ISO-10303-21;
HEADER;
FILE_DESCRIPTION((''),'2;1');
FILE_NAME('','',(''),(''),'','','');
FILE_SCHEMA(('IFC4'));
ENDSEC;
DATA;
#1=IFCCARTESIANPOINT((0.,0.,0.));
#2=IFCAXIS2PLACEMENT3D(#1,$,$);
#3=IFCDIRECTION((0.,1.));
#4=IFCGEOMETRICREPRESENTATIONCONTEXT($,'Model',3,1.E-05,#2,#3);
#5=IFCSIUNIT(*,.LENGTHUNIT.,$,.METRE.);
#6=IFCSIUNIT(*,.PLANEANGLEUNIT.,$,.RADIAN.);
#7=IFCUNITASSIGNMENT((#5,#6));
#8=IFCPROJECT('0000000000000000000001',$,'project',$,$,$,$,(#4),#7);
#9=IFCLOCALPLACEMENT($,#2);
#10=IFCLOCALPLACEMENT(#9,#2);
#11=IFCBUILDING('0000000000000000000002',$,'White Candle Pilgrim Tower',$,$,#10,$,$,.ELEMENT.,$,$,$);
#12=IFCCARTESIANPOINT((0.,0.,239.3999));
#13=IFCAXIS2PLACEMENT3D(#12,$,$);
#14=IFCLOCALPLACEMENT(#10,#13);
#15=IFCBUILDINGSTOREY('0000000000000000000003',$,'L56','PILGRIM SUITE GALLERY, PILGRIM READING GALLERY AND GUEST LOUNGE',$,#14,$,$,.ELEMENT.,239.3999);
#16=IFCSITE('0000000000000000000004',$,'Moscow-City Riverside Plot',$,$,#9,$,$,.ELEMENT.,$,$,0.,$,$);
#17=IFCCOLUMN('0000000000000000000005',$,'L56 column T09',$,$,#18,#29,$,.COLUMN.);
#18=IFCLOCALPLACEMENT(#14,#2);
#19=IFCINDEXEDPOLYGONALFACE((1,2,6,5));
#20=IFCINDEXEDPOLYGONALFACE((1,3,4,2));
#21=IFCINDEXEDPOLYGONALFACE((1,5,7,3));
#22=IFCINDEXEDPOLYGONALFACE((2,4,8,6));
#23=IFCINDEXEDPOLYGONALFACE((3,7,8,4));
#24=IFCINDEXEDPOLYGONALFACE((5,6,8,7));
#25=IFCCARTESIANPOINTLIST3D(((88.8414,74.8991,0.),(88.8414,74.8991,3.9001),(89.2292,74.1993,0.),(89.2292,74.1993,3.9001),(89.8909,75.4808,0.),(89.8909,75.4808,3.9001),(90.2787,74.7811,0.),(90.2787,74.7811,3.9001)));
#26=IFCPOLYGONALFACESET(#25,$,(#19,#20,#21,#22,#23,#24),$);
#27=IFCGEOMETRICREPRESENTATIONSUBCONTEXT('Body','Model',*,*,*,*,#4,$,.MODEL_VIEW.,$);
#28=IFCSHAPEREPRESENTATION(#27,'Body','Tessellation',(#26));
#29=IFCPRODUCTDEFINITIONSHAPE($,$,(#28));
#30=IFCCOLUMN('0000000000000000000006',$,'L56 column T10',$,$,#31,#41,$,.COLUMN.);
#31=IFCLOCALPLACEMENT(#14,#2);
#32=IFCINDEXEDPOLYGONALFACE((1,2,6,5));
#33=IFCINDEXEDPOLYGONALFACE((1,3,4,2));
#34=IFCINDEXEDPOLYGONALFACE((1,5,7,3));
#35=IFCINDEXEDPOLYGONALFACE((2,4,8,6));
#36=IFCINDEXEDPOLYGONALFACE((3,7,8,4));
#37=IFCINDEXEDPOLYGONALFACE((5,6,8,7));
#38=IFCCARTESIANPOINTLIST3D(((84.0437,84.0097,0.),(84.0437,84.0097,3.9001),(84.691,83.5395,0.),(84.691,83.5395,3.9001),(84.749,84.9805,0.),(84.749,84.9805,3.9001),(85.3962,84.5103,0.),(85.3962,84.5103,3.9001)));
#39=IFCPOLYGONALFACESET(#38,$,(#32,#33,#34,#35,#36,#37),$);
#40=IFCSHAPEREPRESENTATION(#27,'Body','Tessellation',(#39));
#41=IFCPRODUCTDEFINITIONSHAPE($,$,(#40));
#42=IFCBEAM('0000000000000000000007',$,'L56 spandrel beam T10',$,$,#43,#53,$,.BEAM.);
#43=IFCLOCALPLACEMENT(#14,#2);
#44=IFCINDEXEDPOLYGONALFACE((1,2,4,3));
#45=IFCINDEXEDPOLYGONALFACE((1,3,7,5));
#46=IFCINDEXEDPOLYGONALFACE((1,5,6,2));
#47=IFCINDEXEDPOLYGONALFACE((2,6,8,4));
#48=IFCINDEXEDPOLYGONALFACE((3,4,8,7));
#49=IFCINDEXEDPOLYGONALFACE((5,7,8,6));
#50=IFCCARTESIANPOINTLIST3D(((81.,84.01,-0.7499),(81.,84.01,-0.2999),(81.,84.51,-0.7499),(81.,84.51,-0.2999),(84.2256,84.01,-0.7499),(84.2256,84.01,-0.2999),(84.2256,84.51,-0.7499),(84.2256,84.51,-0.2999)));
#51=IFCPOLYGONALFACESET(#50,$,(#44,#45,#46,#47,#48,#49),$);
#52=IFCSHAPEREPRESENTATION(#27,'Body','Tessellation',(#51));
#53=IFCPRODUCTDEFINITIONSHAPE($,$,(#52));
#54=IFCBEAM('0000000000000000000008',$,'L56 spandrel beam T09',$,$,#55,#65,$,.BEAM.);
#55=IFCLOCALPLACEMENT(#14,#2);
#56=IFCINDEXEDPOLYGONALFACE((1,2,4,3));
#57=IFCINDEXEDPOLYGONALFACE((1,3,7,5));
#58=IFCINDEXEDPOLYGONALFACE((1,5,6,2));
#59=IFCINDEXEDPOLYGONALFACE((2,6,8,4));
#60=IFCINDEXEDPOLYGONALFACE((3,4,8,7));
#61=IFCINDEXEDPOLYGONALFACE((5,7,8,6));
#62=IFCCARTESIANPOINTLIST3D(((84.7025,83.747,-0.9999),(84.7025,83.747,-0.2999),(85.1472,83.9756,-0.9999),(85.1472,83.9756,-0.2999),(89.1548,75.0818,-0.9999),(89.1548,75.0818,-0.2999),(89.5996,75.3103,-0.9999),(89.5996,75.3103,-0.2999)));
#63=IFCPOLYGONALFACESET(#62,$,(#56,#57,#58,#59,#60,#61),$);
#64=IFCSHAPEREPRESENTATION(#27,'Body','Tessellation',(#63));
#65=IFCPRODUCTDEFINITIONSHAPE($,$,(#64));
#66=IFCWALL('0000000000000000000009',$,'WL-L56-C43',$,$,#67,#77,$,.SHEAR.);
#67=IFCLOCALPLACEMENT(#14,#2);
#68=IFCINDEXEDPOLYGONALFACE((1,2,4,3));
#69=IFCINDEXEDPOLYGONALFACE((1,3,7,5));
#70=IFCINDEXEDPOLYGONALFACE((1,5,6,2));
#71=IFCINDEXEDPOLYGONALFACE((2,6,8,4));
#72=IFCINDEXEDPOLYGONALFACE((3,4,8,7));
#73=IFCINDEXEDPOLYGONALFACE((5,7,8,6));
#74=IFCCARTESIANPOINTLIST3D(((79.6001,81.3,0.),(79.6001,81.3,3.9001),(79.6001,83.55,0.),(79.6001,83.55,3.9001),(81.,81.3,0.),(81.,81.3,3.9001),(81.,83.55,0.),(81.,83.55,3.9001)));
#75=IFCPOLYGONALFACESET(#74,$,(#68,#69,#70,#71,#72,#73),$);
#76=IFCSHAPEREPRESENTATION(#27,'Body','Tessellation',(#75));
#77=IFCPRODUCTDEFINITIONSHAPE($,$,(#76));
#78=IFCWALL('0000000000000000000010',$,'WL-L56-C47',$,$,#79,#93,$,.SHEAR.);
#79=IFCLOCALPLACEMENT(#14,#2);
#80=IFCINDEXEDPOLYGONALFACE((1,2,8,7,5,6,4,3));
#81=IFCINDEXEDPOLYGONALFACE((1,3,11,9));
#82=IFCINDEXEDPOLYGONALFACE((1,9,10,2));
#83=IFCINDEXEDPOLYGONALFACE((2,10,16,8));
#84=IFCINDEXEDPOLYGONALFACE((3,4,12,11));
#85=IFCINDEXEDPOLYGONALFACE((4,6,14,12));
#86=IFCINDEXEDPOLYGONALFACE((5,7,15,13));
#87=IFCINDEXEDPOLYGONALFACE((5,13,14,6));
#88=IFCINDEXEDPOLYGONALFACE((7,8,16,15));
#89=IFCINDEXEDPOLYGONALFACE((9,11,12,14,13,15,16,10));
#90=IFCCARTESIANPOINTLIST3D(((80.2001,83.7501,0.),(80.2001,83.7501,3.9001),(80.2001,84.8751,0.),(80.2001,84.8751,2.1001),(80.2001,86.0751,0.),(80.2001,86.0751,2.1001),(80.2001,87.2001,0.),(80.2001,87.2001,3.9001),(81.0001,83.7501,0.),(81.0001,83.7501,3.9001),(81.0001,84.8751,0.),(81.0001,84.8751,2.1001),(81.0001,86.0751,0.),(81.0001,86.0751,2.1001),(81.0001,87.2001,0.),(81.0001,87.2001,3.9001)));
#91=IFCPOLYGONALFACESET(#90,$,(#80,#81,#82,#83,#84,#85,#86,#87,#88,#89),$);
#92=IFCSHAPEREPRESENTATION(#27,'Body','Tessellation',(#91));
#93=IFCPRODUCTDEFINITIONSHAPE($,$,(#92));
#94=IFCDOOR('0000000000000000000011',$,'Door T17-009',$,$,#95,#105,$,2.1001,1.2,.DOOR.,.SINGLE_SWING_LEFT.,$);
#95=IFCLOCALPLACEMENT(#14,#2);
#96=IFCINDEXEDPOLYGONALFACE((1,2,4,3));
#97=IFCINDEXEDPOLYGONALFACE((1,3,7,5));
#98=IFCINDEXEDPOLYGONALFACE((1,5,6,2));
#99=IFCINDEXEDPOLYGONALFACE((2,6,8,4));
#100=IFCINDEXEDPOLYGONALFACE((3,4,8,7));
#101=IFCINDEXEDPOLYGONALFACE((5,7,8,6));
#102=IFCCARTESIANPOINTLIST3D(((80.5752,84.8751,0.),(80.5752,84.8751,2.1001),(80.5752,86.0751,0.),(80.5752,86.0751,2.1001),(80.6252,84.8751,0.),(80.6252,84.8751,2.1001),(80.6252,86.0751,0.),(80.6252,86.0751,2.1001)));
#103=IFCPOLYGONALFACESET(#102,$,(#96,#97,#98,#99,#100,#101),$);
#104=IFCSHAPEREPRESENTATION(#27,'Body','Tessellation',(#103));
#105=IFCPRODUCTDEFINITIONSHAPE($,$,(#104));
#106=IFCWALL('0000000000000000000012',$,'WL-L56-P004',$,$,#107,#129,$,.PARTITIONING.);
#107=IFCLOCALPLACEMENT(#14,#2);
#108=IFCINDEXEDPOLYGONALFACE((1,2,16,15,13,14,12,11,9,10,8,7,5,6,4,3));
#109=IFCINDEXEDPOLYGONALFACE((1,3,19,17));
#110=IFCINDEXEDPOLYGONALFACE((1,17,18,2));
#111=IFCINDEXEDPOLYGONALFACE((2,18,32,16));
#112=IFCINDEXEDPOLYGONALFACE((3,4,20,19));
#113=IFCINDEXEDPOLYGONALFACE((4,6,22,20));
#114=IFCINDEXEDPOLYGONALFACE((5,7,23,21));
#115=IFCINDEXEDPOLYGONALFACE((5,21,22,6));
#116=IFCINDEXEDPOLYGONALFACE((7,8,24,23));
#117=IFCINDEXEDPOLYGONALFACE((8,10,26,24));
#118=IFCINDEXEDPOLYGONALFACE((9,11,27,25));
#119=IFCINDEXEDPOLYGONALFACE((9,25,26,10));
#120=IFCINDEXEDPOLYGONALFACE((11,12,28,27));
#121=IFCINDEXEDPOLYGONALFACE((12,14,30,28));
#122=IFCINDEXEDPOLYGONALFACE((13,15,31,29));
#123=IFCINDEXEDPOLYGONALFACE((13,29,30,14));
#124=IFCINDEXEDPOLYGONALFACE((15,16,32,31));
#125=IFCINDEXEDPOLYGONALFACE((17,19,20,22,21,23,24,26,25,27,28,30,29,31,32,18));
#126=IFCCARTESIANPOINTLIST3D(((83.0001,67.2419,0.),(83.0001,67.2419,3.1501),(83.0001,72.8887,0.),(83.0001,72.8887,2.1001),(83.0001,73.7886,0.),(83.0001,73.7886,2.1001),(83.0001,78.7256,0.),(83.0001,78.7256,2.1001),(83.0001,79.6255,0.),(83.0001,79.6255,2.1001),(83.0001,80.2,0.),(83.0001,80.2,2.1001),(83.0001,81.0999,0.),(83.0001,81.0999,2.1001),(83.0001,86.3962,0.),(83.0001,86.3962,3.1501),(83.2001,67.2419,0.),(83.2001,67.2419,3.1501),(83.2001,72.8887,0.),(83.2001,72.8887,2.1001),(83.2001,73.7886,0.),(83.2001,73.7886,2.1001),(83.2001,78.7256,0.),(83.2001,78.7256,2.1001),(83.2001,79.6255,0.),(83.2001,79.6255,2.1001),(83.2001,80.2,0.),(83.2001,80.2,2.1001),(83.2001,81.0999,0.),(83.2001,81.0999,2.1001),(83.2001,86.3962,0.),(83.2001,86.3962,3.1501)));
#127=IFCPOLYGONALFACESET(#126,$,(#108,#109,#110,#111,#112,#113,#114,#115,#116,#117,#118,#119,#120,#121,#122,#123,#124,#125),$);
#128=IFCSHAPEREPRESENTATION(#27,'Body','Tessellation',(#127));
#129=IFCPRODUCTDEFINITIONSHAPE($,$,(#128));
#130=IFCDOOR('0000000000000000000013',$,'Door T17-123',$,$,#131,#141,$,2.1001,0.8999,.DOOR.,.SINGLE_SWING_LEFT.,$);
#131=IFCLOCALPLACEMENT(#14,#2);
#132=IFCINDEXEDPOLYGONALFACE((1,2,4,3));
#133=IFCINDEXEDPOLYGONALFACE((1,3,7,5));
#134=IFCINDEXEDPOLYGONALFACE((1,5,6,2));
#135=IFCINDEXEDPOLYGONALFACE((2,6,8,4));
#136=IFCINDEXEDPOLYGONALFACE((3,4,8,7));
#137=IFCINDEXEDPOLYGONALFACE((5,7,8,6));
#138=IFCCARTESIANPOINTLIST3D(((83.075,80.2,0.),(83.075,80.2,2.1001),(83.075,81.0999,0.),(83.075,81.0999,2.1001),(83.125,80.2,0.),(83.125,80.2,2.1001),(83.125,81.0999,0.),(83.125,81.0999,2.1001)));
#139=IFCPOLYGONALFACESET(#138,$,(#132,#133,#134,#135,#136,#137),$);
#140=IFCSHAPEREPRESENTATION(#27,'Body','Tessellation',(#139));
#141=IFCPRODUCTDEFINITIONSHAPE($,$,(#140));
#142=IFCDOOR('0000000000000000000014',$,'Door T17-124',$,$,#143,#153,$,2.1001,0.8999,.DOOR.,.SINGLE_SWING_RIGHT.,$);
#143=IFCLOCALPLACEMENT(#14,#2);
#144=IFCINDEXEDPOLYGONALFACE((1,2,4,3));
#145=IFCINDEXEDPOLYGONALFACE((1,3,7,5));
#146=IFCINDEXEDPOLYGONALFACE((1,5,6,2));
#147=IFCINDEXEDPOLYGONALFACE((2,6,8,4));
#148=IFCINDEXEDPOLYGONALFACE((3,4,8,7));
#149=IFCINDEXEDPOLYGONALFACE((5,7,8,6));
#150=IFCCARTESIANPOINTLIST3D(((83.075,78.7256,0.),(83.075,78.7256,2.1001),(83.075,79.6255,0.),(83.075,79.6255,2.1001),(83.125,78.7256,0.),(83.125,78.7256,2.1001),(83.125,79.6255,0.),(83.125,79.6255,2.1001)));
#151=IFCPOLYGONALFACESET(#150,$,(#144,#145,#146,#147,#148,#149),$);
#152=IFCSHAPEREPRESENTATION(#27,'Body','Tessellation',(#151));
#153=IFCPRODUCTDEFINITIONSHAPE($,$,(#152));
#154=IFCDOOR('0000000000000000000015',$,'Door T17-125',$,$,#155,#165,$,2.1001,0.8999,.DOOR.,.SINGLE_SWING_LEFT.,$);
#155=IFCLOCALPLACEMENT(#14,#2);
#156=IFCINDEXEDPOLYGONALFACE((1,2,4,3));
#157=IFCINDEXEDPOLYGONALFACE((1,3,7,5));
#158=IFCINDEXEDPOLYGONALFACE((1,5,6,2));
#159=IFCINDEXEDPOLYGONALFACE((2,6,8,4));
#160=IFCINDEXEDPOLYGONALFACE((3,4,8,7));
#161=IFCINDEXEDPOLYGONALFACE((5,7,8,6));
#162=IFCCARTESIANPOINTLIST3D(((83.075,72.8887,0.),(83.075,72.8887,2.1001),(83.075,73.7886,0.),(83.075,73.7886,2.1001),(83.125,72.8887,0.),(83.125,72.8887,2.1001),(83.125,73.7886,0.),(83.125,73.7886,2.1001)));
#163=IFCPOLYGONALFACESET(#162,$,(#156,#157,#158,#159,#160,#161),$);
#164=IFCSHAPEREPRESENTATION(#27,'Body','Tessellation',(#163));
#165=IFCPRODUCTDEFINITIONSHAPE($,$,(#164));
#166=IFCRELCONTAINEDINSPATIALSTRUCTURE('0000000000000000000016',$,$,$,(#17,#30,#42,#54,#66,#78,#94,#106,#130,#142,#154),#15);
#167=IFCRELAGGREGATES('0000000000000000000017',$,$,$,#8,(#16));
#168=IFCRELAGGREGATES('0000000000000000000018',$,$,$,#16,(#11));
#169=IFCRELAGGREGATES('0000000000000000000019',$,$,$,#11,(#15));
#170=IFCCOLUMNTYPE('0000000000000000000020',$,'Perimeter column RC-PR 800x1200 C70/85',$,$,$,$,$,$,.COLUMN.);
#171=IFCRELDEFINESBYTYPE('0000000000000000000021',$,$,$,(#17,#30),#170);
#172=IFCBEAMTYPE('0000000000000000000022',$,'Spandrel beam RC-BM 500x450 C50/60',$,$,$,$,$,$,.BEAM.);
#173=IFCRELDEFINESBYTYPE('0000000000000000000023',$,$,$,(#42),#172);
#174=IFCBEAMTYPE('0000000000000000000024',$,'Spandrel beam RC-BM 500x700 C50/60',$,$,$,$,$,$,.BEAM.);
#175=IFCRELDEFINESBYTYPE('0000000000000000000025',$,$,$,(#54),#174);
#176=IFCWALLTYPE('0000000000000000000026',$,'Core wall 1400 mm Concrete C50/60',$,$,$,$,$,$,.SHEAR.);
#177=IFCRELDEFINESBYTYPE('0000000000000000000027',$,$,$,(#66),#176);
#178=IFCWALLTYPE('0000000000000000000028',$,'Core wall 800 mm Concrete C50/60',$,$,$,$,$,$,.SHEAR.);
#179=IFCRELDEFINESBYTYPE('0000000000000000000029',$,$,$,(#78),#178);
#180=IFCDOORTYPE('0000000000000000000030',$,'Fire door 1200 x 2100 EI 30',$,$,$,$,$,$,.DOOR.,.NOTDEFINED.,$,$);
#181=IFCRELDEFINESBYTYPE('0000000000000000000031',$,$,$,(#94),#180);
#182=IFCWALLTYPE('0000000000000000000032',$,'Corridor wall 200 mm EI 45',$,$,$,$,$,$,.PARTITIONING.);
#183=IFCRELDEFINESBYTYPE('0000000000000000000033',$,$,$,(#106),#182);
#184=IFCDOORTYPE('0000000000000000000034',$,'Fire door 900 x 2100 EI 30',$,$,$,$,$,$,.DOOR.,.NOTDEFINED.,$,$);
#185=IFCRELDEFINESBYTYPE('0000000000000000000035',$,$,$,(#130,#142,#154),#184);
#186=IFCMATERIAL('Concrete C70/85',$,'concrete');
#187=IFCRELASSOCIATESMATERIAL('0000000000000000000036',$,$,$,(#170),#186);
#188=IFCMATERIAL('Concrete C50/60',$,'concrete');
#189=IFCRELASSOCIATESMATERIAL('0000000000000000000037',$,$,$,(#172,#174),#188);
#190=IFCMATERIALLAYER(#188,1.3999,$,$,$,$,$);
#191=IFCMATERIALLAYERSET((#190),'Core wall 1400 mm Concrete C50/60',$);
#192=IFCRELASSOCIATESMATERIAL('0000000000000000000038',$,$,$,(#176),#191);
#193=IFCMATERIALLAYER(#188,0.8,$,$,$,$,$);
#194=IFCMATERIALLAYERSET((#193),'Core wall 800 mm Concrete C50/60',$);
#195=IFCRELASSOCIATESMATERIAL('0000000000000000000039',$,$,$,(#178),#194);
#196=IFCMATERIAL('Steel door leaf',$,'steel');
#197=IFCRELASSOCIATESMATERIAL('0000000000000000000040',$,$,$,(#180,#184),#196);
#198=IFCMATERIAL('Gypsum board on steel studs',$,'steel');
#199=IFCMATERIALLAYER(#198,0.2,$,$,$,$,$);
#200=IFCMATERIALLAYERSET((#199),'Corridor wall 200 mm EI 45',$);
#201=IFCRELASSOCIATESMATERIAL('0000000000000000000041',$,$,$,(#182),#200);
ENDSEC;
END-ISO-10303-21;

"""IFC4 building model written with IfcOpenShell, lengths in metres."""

from ifc_helpers import new_model, si_unit, direction, frame, frame_2d, origin, origin_2d, place, context, subcontext, project, spatial, rectangle, extrude, material, layer, layer_set, material_profile, profile_set, type_object, element, fill, save


model = new_model("IFC4")

# Units and contexts
model_context = context("Model", 3, precision=1e-05, world=origin(), true_north=direction((0.0, 1.0)))
body_context = subcontext(model_context, "Body", "Model", "MODEL_VIEW")
ifc_project = project(units=[si_unit("LENGTHUNIT", "METRE"), si_unit("PLANEANGLEUNIT", "RADIAN")], contexts=[model_context])

# Site, building, storey
site_placement = place(None, origin())
site = spatial("IfcSite", under=ifc_project, at=site_placement, Name="Moscow-City Riverside Plot", CompositionType="ELEMENT", RefElevation=0.0)
building_placement = place(site_placement, origin())
building = spatial("IfcBuilding", under=site, at=building_placement, Name="White Candle Pilgrim Tower", CompositionType="ELEMENT")
storey_placement = place(building_placement, frame((0.0, 0.0, 239.3999)))
storey = spatial("IfcBuildingStorey", under=building, at=storey_placement, Name="L56", Description="PILGRIM SUITE GALLERY, PILGRIM READING GALLERY AND GUEST LOUNGE", CompositionType="ELEMENT", Elevation=239.3999)

# Columns
ifc_material_1 = material(Name="Concrete C70/85", Category="concrete")
ifc_material_profile_1 = material_profile(ifc_material_1, rectangle(XDim=0.8, YDim=1.2, at=origin_2d()), Name="RC-PR 800x1200")
ifc_profile_set_1 = profile_set([ifc_material_profile_1], Name="Concrete C70/85")
column_type = type_object("IfcColumnType", Name="Perimeter column RC-PR 800x1200 C70/85", PredefinedType="COLUMN", material=ifc_profile_set_1)
for number, where, z_axis, x_axis, name in (
    (1, (89.5601, 74.8401, 0.0), (0.0, 0.0, 1.0), (0.48481, -0.87462, 0.0), "L56 column T09"),
    (2, (84.72, 84.26, 0.0), (0.0, 0.0, 1.0), (0.809027, -0.587771, 0.0), "L56 column T10"),
):
    element("IfcColumn", number, at=place(storey_placement, frame(where, z_axis=z_axis, x_axis=x_axis)), inside=storey, type_object=column_type, Name=name, PredefinedType="COLUMN", context=body_context, shape_type="SweptSolid", body=[
        extrude(rectangle(XDim=0.8, YDim=1.2, at=origin_2d()), origin(), (0.0, 0.0, 1.0), 3.9001),
    ])

# Beams
ifc_material_2 = material(Name="Concrete C50/60", Category="concrete")
ifc_material_profile_2 = material_profile(ifc_material_2, rectangle(XDim=0.5, YDim=0.45, at=origin_2d()), Name="RC-BM 500x450")
ifc_profile_set_2 = profile_set([ifc_material_profile_2], Name="Concrete C50/60")
beam_type_1 = type_object("IfcBeamType", Name="Spandrel beam RC-BM 500x450 C50/60", PredefinedType="BEAM", material=ifc_profile_set_2)
beam_1_placement = place(storey_placement, frame((84.2256, 84.26, -0.5249), z_axis=(-1.0, 0.0, 0.0), x_axis=(0.0, -1.0, 0.0)))
element("IfcBeam", 3, at=beam_1_placement, inside=storey, type_object=beam_type_1, Name="L56 spandrel beam T10", PredefinedType="BEAM", context=body_context, shape_type="SweptSolid", body=[
    extrude(rectangle(XDim=0.5, YDim=0.45, at=origin_2d()), origin(), (0.0, 0.0, 1.0), 3.2256),
])
ifc_material_profile_3 = material_profile(ifc_material_2, rectangle(XDim=0.5, YDim=0.7, at=origin_2d()), Name="RC-BM 500x700")
ifc_profile_set_3 = profile_set([ifc_material_profile_3], Name="Concrete C50/60")
beam_type_2 = type_object("IfcBeamType", Name="Spandrel beam RC-BM 500x700 C50/60", PredefinedType="BEAM", material=ifc_profile_set_3)
beam_2_placement = place(storey_placement, frame((89.3772, 75.196, -0.6499), z_axis=(-0.45702, 0.889456, 0.0), x_axis=(-0.889456, -0.45702, 0.0)))
element("IfcBeam", 4, at=beam_2_placement, inside=storey, type_object=beam_type_2, Name="L56 spandrel beam T09", PredefinedType="BEAM", context=body_context, shape_type="SweptSolid", body=[
    extrude(rectangle(XDim=0.5, YDim=0.7, at=origin_2d()), origin(), (0.0, 0.0, 1.0), 9.7422),
])

# Wall
ifc_layer_1 = layer(ifc_material_2, 1.3999)
ifc_layer_set_1 = layer_set([ifc_layer_1], Name="Core wall 1400 mm Concrete C50/60")
wall_type_1 = type_object("IfcWallType", Name="Core wall 1400 mm Concrete C50/60", PredefinedType="SHEAR", material=ifc_layer_set_1)
wall_1_placement = place(storey_placement, frame((80.3, 81.3, 0.0), z_axis=(0.0, 0.0, 1.0), x_axis=(0.0, 1.0, 0.0)))
element("IfcWall", 5, at=wall_1_placement, inside=storey, type_object=wall_type_1, Name="WL-L56-C43", PredefinedType="SHEAR", context=body_context, shape_type="SweptSolid", body=[
    extrude(rectangle(XDim=2.25, YDim=1.3999, at=frame_2d((1.125, 0.0))), origin(), (0.0, 0.0, 1.0), 3.9001),
])

# Wall, opening, door
ifc_layer_2 = layer(ifc_material_2, 0.8)
ifc_layer_set_2 = layer_set([ifc_layer_2], Name="Core wall 800 mm Concrete C50/60")
wall_type_2 = type_object("IfcWallType", Name="Core wall 800 mm Concrete C50/60", PredefinedType="SHEAR", material=ifc_layer_set_2)
wall_2_placement = place(storey_placement, frame((80.6001, 83.75, 0.0), z_axis=(0.0, 0.0, 1.0), x_axis=(0.0, 1.0, 0.0)))
wall_2 = element("IfcWall", 6, at=wall_2_placement, inside=storey, type_object=wall_type_2, Name="WL-L56-C47", PredefinedType="SHEAR", context=body_context, shape_type="SweptSolid", body=[
    extrude(rectangle(XDim=3.45, YDim=0.8, at=frame_2d((1.7251, 0.0))), origin(), (0.0, 0.0, 1.0), 3.9001),
])
opening_1_placement = place(wall_2_placement, frame((1.125, 0.0, 0.0)))
opening_1 = element("IfcOpeningElement", 7, at=opening_1_placement, cuts=wall_2, PredefinedType="OPENING", context=body_context, shape_type="SweptSolid", body=[
    extrude(rectangle(XDim=1.2, YDim=2.1001, at=frame_2d((0.6001, 1.05))), frame((0.0, 0.4099, 0.0), z_axis=(0.0, -1.0, 0.0), x_axis=(1.0, 0.0, 0.0)), (0.0, 0.0, 1.0), 0.8201),
])
ifc_material_3 = material(Name="Steel door leaf", Category="steel")
door_type_1 = type_object("IfcDoorType", Name="Fire door 1200 x 2100 EI 30", OperationType="NOTDEFINED", PredefinedType="DOOR", material=ifc_material_3)
door_1_placement = place(opening_1_placement, origin())
door_1 = element("IfcDoor", 8, at=door_1_placement, inside=storey, type_object=door_type_1, Name="Door T17-009", OperationType="SINGLE_SWING_LEFT", OverallHeight=2.1001, OverallWidth=1.2, PredefinedType="DOOR", context=body_context, shape_type="SweptSolid", body=[
    extrude(rectangle(XDim=1.2, YDim=2.1001, at=frame_2d((0.6001, 1.05))), frame((0.0, 0.0249, 0.0), z_axis=(0.0, -1.0, 0.0), x_axis=(1.0, 0.0, 0.0)), (0.0, 0.0, 1.0), 0.05),
])
fill(opening_1, door_1)

# Wall, openings, doors
ifc_material_4 = material(Name="Gypsum board on steel studs", Category="steel")
ifc_layer_3 = layer(ifc_material_4, 0.2)
ifc_layer_set_3 = layer_set([ifc_layer_3], Name="Corridor wall 200 mm EI 45")
wall_type_3 = type_object("IfcWallType", Name="Corridor wall 200 mm EI 45", PredefinedType="PARTITIONING", material=ifc_layer_set_3)
wall_3_placement = place(storey_placement, frame((83.1001, 86.3962, 0.0), z_axis=(0.0, 0.0, 1.0), x_axis=(0.0, -1.0, 0.0)))
wall_3 = element("IfcWall", 9, at=wall_3_placement, inside=storey, type_object=wall_type_3, Name="WL-L56-P004", PredefinedType="PARTITIONING", context=body_context, shape_type="SweptSolid", body=[
    extrude(rectangle(XDim=19.1543, YDim=0.2, at=frame_2d((9.5771, 0.0))), origin(), (0.0, 0.0, 1.0), 3.1501),
])
opening_2_placement = place(wall_3_placement, frame((5.2964, 0.0, 0.0)))
opening_2 = element("IfcOpeningElement", 10, at=opening_2_placement, cuts=wall_3, PredefinedType="OPENING", context=body_context, shape_type="SweptSolid", body=[
    extrude(rectangle(XDim=0.8999, YDim=2.1001, at=frame_2d((0.45, 1.05))), frame((0.0, 0.1099, 0.0), z_axis=(0.0, -1.0, 0.0), x_axis=(1.0, 0.0, 0.0)), (0.0, 0.0, 1.0), 0.22),
])
opening_3_placement = place(wall_3_placement, frame((6.7708, 0.0, 0.0)))
opening_3 = element("IfcOpeningElement", 11, at=opening_3_placement, cuts=wall_3, PredefinedType="OPENING", context=body_context, shape_type="SweptSolid", body=[
    extrude(rectangle(XDim=0.8999, YDim=2.1001, at=frame_2d((0.45, 1.05))), frame((0.0, 0.1099, 0.0), z_axis=(0.0, -1.0, 0.0), x_axis=(1.0, 0.0, 0.0)), (0.0, 0.0, 1.0), 0.22),
])
opening_4_placement = place(wall_3_placement, frame((12.6077, 0.0, 0.0)))
opening_4 = element("IfcOpeningElement", 12, at=opening_4_placement, cuts=wall_3, PredefinedType="OPENING", context=body_context, shape_type="SweptSolid", body=[
    extrude(rectangle(XDim=0.8999, YDim=2.1001, at=frame_2d((0.45, 1.05))), frame((0.0, 0.1099, 0.0), z_axis=(0.0, -1.0, 0.0), x_axis=(1.0, 0.0, 0.0)), (0.0, 0.0, 1.0), 0.22),
])
door_type_2 = type_object("IfcDoorType", Name="Fire door 900 x 2100 EI 30", OperationType="NOTDEFINED", PredefinedType="DOOR", material=ifc_material_3)
door_2_placement = place(opening_2_placement, origin())
door_2 = element("IfcDoor", 13, at=door_2_placement, inside=storey, type_object=door_type_2, Name="Door T17-123", OperationType="SINGLE_SWING_LEFT", OverallHeight=2.1001, OverallWidth=0.8999, PredefinedType="DOOR", context=body_context, shape_type="SweptSolid", body=[
    extrude(rectangle(XDim=0.8999, YDim=2.1001, at=frame_2d((0.45, 1.05))), frame((0.0, 0.0249, 0.0), z_axis=(0.0, -1.0, 0.0), x_axis=(1.0, 0.0, 0.0)), (0.0, 0.0, 1.0), 0.05),
])
fill(opening_2, door_2)
door_3_placement = place(opening_3_placement, origin())
door_3 = element("IfcDoor", 14, at=door_3_placement, inside=storey, type_object=door_type_2, Name="Door T17-124", OperationType="SINGLE_SWING_RIGHT", OverallHeight=2.1001, OverallWidth=0.8999, PredefinedType="DOOR", context=body_context, shape_type="SweptSolid", body=[
    extrude(rectangle(XDim=0.8999, YDim=2.1001, at=frame_2d((0.45, 1.05))), frame((0.0, 0.0249, 0.0), z_axis=(0.0, -1.0, 0.0), x_axis=(1.0, 0.0, 0.0)), (0.0, 0.0, 1.0), 0.05),
])
fill(opening_3, door_3)
door_4_placement = place(opening_4_placement, origin())
door_4 = element("IfcDoor", 15, at=door_4_placement, inside=storey, type_object=door_type_2, Name="Door T17-125", OperationType="SINGLE_SWING_LEFT", OverallHeight=2.1001, OverallWidth=0.8999, PredefinedType="DOOR", context=body_context, shape_type="SweptSolid", body=[
    extrude(rectangle(XDim=0.8999, YDim=2.1001, at=frame_2d((0.45, 1.05))), frame((0.0, 0.0249, 0.0), z_axis=(0.0, -1.0, 0.0), x_axis=(1.0, 0.0, 0.0)), (0.0, 0.0, 1.0), 0.05),
])
fill(opening_4, door_4)

save(model, "model.ifc")
